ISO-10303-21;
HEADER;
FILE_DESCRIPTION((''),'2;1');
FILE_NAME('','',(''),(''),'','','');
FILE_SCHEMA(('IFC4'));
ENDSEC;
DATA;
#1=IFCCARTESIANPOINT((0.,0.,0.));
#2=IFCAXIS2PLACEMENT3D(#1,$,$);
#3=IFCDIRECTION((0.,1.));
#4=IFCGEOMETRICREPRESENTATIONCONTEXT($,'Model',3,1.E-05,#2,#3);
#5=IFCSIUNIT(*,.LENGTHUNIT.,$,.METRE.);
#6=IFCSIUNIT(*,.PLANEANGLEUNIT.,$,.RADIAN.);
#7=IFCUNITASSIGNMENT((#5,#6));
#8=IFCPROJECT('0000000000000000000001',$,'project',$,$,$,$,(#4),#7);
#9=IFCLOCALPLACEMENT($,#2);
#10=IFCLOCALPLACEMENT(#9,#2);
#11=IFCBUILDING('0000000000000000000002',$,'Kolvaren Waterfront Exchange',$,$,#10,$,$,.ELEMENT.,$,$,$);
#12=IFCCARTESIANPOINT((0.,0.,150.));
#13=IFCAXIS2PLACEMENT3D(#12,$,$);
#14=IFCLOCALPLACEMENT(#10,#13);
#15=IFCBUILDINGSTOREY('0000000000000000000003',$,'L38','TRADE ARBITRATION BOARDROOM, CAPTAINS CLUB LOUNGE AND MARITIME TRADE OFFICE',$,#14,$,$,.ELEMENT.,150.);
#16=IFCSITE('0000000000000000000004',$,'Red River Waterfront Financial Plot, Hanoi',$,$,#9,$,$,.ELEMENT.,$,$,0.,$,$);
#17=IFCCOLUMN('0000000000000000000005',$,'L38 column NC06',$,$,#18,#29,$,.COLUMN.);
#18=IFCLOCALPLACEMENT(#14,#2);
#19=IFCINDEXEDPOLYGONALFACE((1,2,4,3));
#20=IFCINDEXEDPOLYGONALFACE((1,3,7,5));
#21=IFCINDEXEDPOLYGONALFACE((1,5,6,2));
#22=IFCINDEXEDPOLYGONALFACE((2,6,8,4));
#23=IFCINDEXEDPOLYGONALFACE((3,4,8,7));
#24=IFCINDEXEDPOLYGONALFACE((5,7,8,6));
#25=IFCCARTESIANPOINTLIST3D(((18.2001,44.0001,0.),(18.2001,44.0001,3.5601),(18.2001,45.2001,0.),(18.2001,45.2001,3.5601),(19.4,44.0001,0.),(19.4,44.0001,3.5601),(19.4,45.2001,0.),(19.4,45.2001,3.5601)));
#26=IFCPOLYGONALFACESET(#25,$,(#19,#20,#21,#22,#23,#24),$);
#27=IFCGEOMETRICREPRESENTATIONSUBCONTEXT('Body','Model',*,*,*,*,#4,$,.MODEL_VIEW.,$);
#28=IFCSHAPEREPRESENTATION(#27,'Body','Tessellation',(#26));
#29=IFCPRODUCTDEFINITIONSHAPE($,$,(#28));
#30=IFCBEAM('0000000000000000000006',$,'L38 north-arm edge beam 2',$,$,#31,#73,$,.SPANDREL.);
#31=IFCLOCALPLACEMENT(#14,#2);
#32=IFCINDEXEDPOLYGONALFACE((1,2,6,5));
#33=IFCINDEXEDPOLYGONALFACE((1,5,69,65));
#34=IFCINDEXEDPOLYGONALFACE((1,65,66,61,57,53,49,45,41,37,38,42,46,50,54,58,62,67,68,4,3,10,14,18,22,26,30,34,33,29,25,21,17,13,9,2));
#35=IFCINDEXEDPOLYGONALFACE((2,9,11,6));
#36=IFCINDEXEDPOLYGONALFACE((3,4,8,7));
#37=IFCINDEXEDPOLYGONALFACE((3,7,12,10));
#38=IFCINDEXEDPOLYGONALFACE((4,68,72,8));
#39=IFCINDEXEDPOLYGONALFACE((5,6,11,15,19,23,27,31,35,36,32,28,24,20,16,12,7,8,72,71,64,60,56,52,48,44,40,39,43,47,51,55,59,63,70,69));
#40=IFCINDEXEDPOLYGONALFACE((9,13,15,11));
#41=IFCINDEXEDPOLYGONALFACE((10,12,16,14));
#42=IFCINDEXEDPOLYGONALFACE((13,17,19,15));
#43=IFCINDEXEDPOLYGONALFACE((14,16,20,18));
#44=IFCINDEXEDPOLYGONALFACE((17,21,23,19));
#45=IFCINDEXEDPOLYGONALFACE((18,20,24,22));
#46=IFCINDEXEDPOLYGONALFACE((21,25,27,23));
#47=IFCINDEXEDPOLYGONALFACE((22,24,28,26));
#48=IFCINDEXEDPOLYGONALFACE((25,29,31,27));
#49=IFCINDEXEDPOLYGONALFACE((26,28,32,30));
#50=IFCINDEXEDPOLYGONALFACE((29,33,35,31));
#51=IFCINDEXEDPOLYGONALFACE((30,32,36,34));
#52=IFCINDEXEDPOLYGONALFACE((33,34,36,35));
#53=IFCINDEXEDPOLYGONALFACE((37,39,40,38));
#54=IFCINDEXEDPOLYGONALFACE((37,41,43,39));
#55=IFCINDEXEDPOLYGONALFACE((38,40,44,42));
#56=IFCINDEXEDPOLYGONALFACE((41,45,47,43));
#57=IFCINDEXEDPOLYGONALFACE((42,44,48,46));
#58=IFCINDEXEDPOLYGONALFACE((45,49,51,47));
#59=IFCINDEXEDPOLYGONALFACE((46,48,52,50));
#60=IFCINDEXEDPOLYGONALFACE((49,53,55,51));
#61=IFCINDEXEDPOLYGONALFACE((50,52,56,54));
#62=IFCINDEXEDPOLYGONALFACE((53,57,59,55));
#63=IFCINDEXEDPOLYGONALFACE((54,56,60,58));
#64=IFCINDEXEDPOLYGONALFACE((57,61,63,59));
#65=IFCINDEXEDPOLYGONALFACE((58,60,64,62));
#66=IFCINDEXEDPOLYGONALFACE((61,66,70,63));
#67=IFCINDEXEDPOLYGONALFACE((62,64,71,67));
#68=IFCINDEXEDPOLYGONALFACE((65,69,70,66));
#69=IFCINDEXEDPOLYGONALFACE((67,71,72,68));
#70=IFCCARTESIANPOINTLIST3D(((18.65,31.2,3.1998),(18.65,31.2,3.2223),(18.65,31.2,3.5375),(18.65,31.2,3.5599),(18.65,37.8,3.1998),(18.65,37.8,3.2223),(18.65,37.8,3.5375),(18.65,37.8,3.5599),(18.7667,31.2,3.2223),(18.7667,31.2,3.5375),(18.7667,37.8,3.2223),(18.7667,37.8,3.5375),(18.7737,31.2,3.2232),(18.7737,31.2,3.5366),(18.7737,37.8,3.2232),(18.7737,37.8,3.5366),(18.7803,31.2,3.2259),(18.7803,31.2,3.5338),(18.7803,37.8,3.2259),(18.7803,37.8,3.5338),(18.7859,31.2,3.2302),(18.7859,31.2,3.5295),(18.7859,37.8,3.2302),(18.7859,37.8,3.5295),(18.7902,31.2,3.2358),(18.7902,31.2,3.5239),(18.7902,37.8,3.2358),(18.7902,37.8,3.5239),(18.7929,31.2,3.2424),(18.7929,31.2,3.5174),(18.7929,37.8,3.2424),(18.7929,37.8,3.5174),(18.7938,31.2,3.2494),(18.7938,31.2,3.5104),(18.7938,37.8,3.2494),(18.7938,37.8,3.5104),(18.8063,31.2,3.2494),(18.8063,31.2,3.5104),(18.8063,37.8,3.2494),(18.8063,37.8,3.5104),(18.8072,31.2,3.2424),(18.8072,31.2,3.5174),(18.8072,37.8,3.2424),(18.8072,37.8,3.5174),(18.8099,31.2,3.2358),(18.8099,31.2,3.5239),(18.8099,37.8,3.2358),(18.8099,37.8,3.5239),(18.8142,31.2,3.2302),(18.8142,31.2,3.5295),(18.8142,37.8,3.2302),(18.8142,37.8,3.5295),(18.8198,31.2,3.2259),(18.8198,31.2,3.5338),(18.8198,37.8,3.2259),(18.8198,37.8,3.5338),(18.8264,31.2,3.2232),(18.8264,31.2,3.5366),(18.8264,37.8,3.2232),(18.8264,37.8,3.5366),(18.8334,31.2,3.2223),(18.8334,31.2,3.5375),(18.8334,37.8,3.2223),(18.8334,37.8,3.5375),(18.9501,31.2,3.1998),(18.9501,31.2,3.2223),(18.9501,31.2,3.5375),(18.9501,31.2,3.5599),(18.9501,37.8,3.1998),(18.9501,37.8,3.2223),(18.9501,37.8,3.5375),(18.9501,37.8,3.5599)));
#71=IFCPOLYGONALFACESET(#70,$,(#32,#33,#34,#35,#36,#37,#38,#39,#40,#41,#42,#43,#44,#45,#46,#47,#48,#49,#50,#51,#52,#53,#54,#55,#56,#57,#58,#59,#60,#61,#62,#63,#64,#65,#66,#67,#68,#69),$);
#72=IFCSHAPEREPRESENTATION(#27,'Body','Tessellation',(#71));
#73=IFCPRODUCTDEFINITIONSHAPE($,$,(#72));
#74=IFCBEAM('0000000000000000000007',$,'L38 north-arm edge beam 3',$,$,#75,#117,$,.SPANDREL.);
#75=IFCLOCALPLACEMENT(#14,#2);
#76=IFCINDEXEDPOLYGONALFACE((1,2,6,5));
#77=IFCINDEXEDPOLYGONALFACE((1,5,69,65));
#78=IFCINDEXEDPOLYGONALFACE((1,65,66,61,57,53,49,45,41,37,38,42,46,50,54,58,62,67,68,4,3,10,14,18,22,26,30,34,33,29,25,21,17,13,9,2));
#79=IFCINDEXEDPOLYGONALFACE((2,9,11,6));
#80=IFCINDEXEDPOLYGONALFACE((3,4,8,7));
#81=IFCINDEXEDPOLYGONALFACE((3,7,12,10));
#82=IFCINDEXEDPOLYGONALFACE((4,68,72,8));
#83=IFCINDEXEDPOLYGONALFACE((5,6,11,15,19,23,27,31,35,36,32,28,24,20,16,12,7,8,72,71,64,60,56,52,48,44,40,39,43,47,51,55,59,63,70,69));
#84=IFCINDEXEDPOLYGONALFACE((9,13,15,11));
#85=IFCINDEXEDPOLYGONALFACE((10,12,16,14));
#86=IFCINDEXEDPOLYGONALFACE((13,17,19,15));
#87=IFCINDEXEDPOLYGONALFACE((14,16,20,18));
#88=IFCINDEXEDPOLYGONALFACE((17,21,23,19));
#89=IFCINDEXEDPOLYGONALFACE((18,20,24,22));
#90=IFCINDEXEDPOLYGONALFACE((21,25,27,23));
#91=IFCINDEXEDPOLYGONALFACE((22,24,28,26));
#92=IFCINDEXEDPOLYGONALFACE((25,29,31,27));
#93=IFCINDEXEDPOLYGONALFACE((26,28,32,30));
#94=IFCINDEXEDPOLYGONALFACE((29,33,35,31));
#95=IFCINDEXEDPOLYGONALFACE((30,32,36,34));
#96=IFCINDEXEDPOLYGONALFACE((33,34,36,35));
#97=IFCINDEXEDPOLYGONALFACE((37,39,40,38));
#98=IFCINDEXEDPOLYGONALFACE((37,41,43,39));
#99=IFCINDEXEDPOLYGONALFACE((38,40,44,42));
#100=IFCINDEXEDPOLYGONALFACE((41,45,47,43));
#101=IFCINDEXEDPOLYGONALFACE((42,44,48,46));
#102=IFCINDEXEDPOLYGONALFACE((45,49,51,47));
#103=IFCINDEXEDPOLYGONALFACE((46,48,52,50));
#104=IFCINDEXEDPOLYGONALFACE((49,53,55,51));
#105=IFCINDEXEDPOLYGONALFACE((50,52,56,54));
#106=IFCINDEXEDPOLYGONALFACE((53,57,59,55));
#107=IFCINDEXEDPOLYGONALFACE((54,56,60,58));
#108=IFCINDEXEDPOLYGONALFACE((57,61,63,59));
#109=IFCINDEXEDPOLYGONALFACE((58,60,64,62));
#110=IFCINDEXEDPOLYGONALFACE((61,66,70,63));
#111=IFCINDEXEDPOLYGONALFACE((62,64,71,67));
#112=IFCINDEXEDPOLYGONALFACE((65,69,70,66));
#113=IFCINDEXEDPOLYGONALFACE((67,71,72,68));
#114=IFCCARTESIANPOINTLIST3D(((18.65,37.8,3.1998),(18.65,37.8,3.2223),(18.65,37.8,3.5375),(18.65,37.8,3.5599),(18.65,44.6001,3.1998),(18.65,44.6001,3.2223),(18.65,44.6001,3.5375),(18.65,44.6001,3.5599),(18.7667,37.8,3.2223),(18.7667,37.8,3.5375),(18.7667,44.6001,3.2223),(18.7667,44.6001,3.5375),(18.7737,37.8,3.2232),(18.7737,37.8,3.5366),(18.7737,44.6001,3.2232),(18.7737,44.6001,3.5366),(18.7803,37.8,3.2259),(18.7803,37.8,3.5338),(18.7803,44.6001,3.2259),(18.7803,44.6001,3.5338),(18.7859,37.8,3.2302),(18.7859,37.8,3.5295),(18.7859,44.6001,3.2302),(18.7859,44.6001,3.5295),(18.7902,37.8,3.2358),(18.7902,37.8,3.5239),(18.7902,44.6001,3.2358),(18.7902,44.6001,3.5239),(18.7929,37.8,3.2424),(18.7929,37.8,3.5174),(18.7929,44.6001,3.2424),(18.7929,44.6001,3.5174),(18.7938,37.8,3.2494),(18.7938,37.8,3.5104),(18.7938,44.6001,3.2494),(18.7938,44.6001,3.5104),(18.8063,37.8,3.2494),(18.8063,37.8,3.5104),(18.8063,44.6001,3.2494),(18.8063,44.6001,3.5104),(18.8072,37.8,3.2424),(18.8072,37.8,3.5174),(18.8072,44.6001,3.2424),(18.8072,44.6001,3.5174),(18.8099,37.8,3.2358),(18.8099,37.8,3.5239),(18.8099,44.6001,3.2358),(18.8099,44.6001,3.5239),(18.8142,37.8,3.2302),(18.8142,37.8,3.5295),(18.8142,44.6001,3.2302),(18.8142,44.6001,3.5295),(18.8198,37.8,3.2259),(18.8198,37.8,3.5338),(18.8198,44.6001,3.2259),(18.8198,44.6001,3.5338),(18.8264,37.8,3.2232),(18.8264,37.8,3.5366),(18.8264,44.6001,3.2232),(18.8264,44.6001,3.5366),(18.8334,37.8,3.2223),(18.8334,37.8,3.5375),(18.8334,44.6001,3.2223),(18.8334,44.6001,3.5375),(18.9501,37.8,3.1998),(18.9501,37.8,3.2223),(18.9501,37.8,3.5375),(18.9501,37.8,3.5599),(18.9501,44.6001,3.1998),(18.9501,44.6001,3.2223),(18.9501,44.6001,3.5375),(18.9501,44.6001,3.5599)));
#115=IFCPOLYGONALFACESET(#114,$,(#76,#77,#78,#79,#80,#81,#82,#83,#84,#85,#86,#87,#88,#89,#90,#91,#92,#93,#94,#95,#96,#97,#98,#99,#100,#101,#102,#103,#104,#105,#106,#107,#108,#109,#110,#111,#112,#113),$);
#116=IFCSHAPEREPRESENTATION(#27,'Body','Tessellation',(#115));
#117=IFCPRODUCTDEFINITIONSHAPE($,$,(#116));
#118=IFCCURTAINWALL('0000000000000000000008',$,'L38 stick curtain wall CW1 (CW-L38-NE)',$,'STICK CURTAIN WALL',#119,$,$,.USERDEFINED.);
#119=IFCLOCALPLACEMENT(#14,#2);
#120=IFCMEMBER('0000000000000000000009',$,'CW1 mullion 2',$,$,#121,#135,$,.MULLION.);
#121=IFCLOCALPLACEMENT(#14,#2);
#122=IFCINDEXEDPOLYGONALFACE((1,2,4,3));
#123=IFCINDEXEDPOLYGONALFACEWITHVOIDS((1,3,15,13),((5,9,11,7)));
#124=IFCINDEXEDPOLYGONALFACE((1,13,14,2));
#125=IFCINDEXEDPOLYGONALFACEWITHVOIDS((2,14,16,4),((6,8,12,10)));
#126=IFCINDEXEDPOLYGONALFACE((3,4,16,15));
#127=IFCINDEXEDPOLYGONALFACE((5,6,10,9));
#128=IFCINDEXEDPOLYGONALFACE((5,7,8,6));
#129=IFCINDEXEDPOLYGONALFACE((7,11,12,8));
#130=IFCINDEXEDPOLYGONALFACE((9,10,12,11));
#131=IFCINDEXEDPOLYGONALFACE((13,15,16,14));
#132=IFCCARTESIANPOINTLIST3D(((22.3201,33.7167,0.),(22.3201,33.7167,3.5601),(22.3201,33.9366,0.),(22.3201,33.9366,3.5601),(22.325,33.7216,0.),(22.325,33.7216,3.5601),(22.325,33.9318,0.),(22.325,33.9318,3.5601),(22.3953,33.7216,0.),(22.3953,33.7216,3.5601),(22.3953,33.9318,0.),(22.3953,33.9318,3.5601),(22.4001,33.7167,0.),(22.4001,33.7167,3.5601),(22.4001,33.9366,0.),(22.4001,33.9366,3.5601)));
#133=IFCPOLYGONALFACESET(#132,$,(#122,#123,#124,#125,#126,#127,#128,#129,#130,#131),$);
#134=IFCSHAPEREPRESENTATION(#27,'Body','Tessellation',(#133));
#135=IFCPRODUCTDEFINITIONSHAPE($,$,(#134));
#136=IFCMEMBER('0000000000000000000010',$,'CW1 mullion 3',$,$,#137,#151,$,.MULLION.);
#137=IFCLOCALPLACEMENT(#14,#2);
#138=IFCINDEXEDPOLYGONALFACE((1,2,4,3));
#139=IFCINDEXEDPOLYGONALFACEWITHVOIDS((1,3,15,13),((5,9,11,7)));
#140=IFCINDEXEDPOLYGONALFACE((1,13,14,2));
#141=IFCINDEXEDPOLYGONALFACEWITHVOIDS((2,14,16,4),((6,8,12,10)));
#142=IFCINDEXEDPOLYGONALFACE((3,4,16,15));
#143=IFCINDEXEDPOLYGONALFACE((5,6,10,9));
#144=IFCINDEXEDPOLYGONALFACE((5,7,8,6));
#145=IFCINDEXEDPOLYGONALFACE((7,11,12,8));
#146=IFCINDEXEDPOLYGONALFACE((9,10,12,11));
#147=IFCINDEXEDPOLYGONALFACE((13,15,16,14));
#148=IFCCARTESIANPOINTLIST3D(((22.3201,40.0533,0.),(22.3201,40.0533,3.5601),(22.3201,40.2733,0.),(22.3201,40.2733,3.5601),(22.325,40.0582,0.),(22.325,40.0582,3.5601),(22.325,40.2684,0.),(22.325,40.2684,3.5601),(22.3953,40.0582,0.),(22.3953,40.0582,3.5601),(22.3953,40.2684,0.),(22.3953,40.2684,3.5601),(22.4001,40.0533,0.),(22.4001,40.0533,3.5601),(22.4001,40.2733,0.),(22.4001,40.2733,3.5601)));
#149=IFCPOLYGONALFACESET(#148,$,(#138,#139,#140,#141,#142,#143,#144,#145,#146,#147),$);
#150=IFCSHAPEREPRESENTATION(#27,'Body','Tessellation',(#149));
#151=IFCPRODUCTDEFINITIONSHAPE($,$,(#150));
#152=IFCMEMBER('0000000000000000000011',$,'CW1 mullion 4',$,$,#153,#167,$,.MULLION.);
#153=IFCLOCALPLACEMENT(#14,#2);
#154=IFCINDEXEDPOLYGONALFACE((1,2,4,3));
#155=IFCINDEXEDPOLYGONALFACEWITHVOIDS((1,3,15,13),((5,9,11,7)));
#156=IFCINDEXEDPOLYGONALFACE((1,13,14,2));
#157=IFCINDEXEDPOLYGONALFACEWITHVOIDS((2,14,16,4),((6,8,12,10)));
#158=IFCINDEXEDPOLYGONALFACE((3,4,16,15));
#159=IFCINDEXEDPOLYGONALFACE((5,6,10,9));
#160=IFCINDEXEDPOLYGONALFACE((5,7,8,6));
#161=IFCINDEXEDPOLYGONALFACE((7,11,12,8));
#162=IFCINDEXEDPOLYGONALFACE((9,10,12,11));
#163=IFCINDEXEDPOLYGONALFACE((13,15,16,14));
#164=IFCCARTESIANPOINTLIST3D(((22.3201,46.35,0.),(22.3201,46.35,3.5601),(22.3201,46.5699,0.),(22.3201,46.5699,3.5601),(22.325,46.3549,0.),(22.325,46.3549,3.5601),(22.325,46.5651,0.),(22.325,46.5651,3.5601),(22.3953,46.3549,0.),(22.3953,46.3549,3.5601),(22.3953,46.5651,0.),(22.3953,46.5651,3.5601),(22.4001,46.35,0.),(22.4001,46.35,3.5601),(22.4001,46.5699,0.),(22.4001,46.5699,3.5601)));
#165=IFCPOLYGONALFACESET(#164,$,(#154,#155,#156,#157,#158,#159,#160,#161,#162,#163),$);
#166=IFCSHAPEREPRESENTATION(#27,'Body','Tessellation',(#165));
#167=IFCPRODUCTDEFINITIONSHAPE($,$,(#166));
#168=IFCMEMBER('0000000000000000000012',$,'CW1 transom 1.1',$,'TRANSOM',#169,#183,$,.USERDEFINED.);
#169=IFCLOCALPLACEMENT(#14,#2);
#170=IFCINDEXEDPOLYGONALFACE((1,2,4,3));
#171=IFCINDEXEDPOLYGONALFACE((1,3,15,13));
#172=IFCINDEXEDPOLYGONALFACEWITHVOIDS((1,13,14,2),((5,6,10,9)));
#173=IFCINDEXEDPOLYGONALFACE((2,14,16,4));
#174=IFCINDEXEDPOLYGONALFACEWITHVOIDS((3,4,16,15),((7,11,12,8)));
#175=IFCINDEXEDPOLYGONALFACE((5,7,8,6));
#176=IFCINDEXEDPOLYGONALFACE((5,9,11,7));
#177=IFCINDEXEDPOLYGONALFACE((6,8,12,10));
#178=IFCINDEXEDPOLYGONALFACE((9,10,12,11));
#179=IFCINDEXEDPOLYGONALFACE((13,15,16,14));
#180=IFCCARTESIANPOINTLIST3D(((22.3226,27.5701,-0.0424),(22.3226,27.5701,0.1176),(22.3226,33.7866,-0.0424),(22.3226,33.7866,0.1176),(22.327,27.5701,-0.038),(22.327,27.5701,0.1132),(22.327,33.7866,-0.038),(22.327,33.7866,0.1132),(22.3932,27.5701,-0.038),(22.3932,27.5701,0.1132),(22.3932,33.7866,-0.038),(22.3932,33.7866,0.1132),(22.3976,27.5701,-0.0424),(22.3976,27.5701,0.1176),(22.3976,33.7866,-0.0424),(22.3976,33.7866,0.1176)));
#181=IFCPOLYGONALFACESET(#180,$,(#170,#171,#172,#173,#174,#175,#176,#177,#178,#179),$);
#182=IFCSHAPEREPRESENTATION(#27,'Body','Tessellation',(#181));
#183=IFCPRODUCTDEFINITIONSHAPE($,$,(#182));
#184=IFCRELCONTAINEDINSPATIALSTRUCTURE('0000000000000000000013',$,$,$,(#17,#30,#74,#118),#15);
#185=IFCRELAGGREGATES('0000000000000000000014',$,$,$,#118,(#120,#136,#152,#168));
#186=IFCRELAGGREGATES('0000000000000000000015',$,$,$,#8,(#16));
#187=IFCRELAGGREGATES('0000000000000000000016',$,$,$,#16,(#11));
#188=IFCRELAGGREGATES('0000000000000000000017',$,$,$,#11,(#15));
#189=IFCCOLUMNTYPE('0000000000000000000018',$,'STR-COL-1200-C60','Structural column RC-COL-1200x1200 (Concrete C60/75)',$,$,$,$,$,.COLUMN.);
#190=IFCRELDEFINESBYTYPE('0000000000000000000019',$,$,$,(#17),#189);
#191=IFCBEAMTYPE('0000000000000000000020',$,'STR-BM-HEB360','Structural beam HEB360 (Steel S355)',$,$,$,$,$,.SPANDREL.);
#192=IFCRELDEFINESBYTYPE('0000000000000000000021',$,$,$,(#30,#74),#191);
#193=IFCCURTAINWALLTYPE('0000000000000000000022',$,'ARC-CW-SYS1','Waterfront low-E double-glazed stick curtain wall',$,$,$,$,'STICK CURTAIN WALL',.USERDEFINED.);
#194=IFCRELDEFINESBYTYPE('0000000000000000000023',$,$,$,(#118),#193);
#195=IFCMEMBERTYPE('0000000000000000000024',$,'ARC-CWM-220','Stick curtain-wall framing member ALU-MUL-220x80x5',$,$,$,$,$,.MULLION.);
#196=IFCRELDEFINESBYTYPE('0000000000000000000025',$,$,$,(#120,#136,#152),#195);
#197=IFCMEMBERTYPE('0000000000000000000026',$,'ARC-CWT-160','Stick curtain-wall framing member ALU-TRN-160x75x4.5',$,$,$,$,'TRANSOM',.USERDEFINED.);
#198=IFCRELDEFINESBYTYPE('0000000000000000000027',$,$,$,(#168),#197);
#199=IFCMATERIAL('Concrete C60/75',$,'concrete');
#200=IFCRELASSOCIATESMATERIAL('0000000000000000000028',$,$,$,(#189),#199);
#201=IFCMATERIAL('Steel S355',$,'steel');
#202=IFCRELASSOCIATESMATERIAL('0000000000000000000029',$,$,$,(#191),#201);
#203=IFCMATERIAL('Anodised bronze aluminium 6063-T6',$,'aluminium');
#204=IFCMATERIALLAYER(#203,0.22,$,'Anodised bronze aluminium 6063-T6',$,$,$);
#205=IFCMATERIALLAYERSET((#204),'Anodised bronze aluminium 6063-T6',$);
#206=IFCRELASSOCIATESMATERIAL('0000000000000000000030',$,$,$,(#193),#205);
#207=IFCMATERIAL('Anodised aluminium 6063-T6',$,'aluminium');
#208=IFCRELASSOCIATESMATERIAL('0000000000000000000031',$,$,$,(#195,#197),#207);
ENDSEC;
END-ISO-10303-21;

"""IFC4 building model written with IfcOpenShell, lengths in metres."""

from ifc_helpers import new_model, si_unit, direction, frame, origin, origin_with_axes, origin_2d, place, context, subcontext, project, spatial, rectangle, hollow_rectangle, i_section, extrude, source, transform, mapped, material, layer, layer_set, material_profile, profile_set, type_object, element, aggregate, save


model = new_model("IFC4")

# Units and contexts
model_context = context("Model", 3, precision=1e-05, world=origin(), true_north=direction((0.0, 1.0)))
body_context = subcontext(model_context, "Body", "Model", "MODEL_VIEW")
ifc_project = project(units=[si_unit("LENGTHUNIT", "METRE"), si_unit("PLANEANGLEUNIT", "RADIAN")], contexts=[model_context])

# Site, building, storey
site_placement = place(None, origin())
site = spatial("IfcSite", under=ifc_project, at=site_placement, Name="Red River Waterfront Financial Plot, Hanoi", CompositionType="ELEMENT", RefElevation=0.0)
building_placement = place(site_placement, origin())
building = spatial("IfcBuilding", under=site, at=building_placement, Name="Kolvaren Waterfront Exchange", CompositionType="ELEMENT")
storey_placement = place(building_placement, frame((0.0, 0.0, 150.0)))
storey = spatial("IfcBuildingStorey", under=building, at=storey_placement, Name="L38", Description="TRADE ARBITRATION BOARDROOM, CAPTAINS CLUB LOUNGE AND MARITIME TRADE OFFICE", CompositionType="ELEMENT", Elevation=150.0)

# Column
ifc_material_1 = material(Name="Concrete C60/75", Category="concrete")
ifc_material_profile_1 = material_profile(ifc_material_1, rectangle(XDim=1.2, YDim=1.2, at=origin_2d()), Name="RC-COL-1200x1200")
ifc_profile_set_1 = profile_set([ifc_material_profile_1], Name="Concrete C60/75")
column_type = type_object("IfcColumnType", Name="STR-COL-1200-C60", Description="Structural column RC-COL-1200x1200 (Concrete C60/75)", PredefinedType="COLUMN", material=ifc_profile_set_1)
column_placement = place(storey_placement, frame((18.8, 44.6001, 0.0), z_axis=(0.0, 0.0, 1.0), x_axis=(1.0, 0.0, 0.0)))
element("IfcColumn", 1, at=column_placement, inside=storey, type_object=column_type, Name="L38 column NC06", PredefinedType="COLUMN", context=body_context, shape_type="SweptSolid", body=[
    extrude(rectangle(XDim=1.2, YDim=1.2, at=origin_2d()), origin(), (0.0, 0.0, 1.0), 3.5601),
])

# Beams
ifc_material_2 = material(Name="Steel S355", Category="steel")
ifc_material_profile_2 = material_profile(ifc_material_2, i_section(OverallWidth=0.3, OverallDepth=0.3601, WebThickness=0.0125, FlangeThickness=0.0225, FilletRadius=0.0271, at=origin_2d()), Name="HEB360")
ifc_profile_set_2 = profile_set([ifc_material_profile_2], Name="Steel S355")
beam_type = type_object("IfcBeamType", Name="STR-BM-HEB360", Description="Structural beam HEB360 (Steel S355)", PredefinedType="SPANDREL", material=ifc_profile_set_2)
beam_1_placement = place(storey_placement, frame((18.8, 31.2, 3.3799), z_axis=(0.0, 1.0, 0.0), x_axis=(-1.0, 0.0, 0.0)))
element("IfcBeam", 2, at=beam_1_placement, inside=storey, type_object=beam_type, Name="L38 north-arm edge beam 2", PredefinedType="SPANDREL", context=body_context, shape_type="SweptSolid", body=[
    extrude(i_section(OverallWidth=0.3, OverallDepth=0.3601, WebThickness=0.0125, FlangeThickness=0.0225, FilletRadius=0.0271, at=origin_2d()), origin(), (0.0, 0.0, 1.0), 6.6001),
])
beam_2_placement = place(storey_placement, frame((18.8, 37.8, 3.3799), z_axis=(0.0, 1.0, 0.0), x_axis=(-1.0, 0.0, 0.0)))
element("IfcBeam", 3, at=beam_2_placement, inside=storey, type_object=beam_type, Name="L38 north-arm edge beam 3", PredefinedType="SPANDREL", context=body_context, shape_type="SweptSolid", body=[
    extrude(i_section(OverallWidth=0.3, OverallDepth=0.3601, WebThickness=0.0125, FlangeThickness=0.0225, FilletRadius=0.0271, at=origin_2d()), origin(), (0.0, 0.0, 1.0), 6.8),
])

# Curtain wall, members
ifc_material_3 = material(Name="Anodised bronze aluminium 6063-T6", Category="aluminium")
ifc_layer_1 = layer(ifc_material_3, 0.22, Name="Anodised bronze aluminium 6063-T6")
ifc_layer_set_1 = layer_set([ifc_layer_1], Name="Anodised bronze aluminium 6063-T6")
curtain_wall_type = type_object("IfcCurtainWallType", Name="ARC-CW-SYS1", Description="Waterfront low-E double-glazed stick curtain wall", ElementType="STICK CURTAIN WALL", PredefinedType="USERDEFINED", material=ifc_layer_set_1)
curtain_wall_placement = place(storey_placement, origin())
curtain_wall = element("IfcCurtainWall", 4, at=curtain_wall_placement, inside=storey, type_object=curtain_wall_type, Name="L38 stick curtain wall CW1 (CW-L38-NE)", ObjectType="STICK CURTAIN WALL", PredefinedType="USERDEFINED")
ifc_material_4 = material(Name="Anodised aluminium 6063-T6", Category="aluminium")
ifc_material_profile_3 = material_profile(ifc_material_4, hollow_rectangle(XDim=0.0801, YDim=0.22, WallThickness=0.0049, at=origin_2d()), Name="ALU-MUL-220x80x5")
ifc_profile_set_3 = profile_set([ifc_material_profile_3], Name="Anodised aluminium 6063-T6")
member_type_1 = type_object("IfcMemberType", Name="ARC-CWM-220", Description="Stick curtain-wall framing member ALU-MUL-220x80x5", PredefinedType="MULLION", material=ifc_profile_set_3)
shared_shape_1 = source(origin_with_axes(), body_context, "Body", "SweptSolid", [
    extrude(hollow_rectangle(XDim=0.0801, YDim=0.22, WallThickness=0.0049, at=origin_2d()), origin(), (0.0, 0.0, 1.0), 3.5601),
])
member_1_placement = place(storey_placement, frame((22.3601, 33.8267, 0.0), z_axis=(0.0, 0.0, 1.0), x_axis=(-1.0, 0.0, 0.0)))
member_1 = element("IfcMember", 5, at=member_1_placement, type_object=member_type_1, Name="CW1 mullion 2", PredefinedType="MULLION", context=body_context, shape_type="MappedRepresentation", body=[
    mapped(shared_shape_1, transform((0.0, 0.0, 0.0), x_axis=(1.0, 0.0, 0.0), y_axis=(0.0, 1.0, 0.0), z_axis=(0.0, 0.0, 1.0), scale=1.0)),
])
member_2_placement = place(storey_placement, frame((22.3601, 40.1633, 0.0), z_axis=(0.0, 0.0, 1.0), x_axis=(-1.0, 0.0, 0.0)))
member_2 = element("IfcMember", 6, at=member_2_placement, type_object=member_type_1, Name="CW1 mullion 3", PredefinedType="MULLION", context=body_context, shape_type="MappedRepresentation", body=[
    mapped(shared_shape_1, transform((0.0, 0.0, 0.0), x_axis=(1.0, 0.0, 0.0), y_axis=(0.0, 1.0, 0.0), z_axis=(0.0, 0.0, 1.0), scale=1.0)),
])
member_3_placement = place(storey_placement, frame((22.3601, 46.46, 0.0), z_axis=(0.0, 0.0, 1.0), x_axis=(-1.0, 0.0, 0.0)))
member_3 = element("IfcMember", 7, at=member_3_placement, type_object=member_type_1, Name="CW1 mullion 4", PredefinedType="MULLION", context=body_context, shape_type="MappedRepresentation", body=[
    mapped(shared_shape_1, transform((0.0, 0.0, 0.0), x_axis=(1.0, 0.0, 0.0), y_axis=(0.0, 1.0, 0.0), z_axis=(0.0, 0.0, 1.0), scale=1.0)),
])
ifc_material_profile_4 = material_profile(ifc_material_4, hollow_rectangle(XDim=0.075, YDim=0.1599, WallThickness=0.0044, at=origin_2d()), Name="ALU-TRN-160x75x4.5")
ifc_profile_set_4 = profile_set([ifc_material_profile_4], Name="Anodised aluminium 6063-T6")
member_type_2 = type_object("IfcMemberType", Name="ARC-CWT-160", Description="Stick curtain-wall framing member ALU-TRN-160x75x4.5", ElementType="TRANSOM", PredefinedType="USERDEFINED", material=ifc_profile_set_4)
shared_shape_2 = source(origin_with_axes(), body_context, "Body", "SweptSolid", [
    extrude(hollow_rectangle(XDim=0.075, YDim=0.1599, WallThickness=0.0044, at=origin_2d()), origin(), (0.0, 0.0, 1.0), 6.2166),
])
member_4_placement = place(storey_placement, frame((22.3601, 27.5701, 0.0376), z_axis=(0.0, 1.0, 0.0), x_axis=(-1.0, 0.0, 0.0)))
member_4 = element("IfcMember", 8, at=member_4_placement, type_object=member_type_2, Name="CW1 transom 1.1", ObjectType="TRANSOM", PredefinedType="USERDEFINED", context=body_context, shape_type="MappedRepresentation", body=[
    mapped(shared_shape_2, transform((0.0, 0.0, 0.0), x_axis=(1.0, 0.0, 0.0), y_axis=(0.0, 1.0, 0.0), z_axis=(0.0, 0.0, 1.0), scale=1.0)),
])
aggregate(curtain_wall, [member_1, member_2, member_3, member_4])

save(model, "model.ifc")
